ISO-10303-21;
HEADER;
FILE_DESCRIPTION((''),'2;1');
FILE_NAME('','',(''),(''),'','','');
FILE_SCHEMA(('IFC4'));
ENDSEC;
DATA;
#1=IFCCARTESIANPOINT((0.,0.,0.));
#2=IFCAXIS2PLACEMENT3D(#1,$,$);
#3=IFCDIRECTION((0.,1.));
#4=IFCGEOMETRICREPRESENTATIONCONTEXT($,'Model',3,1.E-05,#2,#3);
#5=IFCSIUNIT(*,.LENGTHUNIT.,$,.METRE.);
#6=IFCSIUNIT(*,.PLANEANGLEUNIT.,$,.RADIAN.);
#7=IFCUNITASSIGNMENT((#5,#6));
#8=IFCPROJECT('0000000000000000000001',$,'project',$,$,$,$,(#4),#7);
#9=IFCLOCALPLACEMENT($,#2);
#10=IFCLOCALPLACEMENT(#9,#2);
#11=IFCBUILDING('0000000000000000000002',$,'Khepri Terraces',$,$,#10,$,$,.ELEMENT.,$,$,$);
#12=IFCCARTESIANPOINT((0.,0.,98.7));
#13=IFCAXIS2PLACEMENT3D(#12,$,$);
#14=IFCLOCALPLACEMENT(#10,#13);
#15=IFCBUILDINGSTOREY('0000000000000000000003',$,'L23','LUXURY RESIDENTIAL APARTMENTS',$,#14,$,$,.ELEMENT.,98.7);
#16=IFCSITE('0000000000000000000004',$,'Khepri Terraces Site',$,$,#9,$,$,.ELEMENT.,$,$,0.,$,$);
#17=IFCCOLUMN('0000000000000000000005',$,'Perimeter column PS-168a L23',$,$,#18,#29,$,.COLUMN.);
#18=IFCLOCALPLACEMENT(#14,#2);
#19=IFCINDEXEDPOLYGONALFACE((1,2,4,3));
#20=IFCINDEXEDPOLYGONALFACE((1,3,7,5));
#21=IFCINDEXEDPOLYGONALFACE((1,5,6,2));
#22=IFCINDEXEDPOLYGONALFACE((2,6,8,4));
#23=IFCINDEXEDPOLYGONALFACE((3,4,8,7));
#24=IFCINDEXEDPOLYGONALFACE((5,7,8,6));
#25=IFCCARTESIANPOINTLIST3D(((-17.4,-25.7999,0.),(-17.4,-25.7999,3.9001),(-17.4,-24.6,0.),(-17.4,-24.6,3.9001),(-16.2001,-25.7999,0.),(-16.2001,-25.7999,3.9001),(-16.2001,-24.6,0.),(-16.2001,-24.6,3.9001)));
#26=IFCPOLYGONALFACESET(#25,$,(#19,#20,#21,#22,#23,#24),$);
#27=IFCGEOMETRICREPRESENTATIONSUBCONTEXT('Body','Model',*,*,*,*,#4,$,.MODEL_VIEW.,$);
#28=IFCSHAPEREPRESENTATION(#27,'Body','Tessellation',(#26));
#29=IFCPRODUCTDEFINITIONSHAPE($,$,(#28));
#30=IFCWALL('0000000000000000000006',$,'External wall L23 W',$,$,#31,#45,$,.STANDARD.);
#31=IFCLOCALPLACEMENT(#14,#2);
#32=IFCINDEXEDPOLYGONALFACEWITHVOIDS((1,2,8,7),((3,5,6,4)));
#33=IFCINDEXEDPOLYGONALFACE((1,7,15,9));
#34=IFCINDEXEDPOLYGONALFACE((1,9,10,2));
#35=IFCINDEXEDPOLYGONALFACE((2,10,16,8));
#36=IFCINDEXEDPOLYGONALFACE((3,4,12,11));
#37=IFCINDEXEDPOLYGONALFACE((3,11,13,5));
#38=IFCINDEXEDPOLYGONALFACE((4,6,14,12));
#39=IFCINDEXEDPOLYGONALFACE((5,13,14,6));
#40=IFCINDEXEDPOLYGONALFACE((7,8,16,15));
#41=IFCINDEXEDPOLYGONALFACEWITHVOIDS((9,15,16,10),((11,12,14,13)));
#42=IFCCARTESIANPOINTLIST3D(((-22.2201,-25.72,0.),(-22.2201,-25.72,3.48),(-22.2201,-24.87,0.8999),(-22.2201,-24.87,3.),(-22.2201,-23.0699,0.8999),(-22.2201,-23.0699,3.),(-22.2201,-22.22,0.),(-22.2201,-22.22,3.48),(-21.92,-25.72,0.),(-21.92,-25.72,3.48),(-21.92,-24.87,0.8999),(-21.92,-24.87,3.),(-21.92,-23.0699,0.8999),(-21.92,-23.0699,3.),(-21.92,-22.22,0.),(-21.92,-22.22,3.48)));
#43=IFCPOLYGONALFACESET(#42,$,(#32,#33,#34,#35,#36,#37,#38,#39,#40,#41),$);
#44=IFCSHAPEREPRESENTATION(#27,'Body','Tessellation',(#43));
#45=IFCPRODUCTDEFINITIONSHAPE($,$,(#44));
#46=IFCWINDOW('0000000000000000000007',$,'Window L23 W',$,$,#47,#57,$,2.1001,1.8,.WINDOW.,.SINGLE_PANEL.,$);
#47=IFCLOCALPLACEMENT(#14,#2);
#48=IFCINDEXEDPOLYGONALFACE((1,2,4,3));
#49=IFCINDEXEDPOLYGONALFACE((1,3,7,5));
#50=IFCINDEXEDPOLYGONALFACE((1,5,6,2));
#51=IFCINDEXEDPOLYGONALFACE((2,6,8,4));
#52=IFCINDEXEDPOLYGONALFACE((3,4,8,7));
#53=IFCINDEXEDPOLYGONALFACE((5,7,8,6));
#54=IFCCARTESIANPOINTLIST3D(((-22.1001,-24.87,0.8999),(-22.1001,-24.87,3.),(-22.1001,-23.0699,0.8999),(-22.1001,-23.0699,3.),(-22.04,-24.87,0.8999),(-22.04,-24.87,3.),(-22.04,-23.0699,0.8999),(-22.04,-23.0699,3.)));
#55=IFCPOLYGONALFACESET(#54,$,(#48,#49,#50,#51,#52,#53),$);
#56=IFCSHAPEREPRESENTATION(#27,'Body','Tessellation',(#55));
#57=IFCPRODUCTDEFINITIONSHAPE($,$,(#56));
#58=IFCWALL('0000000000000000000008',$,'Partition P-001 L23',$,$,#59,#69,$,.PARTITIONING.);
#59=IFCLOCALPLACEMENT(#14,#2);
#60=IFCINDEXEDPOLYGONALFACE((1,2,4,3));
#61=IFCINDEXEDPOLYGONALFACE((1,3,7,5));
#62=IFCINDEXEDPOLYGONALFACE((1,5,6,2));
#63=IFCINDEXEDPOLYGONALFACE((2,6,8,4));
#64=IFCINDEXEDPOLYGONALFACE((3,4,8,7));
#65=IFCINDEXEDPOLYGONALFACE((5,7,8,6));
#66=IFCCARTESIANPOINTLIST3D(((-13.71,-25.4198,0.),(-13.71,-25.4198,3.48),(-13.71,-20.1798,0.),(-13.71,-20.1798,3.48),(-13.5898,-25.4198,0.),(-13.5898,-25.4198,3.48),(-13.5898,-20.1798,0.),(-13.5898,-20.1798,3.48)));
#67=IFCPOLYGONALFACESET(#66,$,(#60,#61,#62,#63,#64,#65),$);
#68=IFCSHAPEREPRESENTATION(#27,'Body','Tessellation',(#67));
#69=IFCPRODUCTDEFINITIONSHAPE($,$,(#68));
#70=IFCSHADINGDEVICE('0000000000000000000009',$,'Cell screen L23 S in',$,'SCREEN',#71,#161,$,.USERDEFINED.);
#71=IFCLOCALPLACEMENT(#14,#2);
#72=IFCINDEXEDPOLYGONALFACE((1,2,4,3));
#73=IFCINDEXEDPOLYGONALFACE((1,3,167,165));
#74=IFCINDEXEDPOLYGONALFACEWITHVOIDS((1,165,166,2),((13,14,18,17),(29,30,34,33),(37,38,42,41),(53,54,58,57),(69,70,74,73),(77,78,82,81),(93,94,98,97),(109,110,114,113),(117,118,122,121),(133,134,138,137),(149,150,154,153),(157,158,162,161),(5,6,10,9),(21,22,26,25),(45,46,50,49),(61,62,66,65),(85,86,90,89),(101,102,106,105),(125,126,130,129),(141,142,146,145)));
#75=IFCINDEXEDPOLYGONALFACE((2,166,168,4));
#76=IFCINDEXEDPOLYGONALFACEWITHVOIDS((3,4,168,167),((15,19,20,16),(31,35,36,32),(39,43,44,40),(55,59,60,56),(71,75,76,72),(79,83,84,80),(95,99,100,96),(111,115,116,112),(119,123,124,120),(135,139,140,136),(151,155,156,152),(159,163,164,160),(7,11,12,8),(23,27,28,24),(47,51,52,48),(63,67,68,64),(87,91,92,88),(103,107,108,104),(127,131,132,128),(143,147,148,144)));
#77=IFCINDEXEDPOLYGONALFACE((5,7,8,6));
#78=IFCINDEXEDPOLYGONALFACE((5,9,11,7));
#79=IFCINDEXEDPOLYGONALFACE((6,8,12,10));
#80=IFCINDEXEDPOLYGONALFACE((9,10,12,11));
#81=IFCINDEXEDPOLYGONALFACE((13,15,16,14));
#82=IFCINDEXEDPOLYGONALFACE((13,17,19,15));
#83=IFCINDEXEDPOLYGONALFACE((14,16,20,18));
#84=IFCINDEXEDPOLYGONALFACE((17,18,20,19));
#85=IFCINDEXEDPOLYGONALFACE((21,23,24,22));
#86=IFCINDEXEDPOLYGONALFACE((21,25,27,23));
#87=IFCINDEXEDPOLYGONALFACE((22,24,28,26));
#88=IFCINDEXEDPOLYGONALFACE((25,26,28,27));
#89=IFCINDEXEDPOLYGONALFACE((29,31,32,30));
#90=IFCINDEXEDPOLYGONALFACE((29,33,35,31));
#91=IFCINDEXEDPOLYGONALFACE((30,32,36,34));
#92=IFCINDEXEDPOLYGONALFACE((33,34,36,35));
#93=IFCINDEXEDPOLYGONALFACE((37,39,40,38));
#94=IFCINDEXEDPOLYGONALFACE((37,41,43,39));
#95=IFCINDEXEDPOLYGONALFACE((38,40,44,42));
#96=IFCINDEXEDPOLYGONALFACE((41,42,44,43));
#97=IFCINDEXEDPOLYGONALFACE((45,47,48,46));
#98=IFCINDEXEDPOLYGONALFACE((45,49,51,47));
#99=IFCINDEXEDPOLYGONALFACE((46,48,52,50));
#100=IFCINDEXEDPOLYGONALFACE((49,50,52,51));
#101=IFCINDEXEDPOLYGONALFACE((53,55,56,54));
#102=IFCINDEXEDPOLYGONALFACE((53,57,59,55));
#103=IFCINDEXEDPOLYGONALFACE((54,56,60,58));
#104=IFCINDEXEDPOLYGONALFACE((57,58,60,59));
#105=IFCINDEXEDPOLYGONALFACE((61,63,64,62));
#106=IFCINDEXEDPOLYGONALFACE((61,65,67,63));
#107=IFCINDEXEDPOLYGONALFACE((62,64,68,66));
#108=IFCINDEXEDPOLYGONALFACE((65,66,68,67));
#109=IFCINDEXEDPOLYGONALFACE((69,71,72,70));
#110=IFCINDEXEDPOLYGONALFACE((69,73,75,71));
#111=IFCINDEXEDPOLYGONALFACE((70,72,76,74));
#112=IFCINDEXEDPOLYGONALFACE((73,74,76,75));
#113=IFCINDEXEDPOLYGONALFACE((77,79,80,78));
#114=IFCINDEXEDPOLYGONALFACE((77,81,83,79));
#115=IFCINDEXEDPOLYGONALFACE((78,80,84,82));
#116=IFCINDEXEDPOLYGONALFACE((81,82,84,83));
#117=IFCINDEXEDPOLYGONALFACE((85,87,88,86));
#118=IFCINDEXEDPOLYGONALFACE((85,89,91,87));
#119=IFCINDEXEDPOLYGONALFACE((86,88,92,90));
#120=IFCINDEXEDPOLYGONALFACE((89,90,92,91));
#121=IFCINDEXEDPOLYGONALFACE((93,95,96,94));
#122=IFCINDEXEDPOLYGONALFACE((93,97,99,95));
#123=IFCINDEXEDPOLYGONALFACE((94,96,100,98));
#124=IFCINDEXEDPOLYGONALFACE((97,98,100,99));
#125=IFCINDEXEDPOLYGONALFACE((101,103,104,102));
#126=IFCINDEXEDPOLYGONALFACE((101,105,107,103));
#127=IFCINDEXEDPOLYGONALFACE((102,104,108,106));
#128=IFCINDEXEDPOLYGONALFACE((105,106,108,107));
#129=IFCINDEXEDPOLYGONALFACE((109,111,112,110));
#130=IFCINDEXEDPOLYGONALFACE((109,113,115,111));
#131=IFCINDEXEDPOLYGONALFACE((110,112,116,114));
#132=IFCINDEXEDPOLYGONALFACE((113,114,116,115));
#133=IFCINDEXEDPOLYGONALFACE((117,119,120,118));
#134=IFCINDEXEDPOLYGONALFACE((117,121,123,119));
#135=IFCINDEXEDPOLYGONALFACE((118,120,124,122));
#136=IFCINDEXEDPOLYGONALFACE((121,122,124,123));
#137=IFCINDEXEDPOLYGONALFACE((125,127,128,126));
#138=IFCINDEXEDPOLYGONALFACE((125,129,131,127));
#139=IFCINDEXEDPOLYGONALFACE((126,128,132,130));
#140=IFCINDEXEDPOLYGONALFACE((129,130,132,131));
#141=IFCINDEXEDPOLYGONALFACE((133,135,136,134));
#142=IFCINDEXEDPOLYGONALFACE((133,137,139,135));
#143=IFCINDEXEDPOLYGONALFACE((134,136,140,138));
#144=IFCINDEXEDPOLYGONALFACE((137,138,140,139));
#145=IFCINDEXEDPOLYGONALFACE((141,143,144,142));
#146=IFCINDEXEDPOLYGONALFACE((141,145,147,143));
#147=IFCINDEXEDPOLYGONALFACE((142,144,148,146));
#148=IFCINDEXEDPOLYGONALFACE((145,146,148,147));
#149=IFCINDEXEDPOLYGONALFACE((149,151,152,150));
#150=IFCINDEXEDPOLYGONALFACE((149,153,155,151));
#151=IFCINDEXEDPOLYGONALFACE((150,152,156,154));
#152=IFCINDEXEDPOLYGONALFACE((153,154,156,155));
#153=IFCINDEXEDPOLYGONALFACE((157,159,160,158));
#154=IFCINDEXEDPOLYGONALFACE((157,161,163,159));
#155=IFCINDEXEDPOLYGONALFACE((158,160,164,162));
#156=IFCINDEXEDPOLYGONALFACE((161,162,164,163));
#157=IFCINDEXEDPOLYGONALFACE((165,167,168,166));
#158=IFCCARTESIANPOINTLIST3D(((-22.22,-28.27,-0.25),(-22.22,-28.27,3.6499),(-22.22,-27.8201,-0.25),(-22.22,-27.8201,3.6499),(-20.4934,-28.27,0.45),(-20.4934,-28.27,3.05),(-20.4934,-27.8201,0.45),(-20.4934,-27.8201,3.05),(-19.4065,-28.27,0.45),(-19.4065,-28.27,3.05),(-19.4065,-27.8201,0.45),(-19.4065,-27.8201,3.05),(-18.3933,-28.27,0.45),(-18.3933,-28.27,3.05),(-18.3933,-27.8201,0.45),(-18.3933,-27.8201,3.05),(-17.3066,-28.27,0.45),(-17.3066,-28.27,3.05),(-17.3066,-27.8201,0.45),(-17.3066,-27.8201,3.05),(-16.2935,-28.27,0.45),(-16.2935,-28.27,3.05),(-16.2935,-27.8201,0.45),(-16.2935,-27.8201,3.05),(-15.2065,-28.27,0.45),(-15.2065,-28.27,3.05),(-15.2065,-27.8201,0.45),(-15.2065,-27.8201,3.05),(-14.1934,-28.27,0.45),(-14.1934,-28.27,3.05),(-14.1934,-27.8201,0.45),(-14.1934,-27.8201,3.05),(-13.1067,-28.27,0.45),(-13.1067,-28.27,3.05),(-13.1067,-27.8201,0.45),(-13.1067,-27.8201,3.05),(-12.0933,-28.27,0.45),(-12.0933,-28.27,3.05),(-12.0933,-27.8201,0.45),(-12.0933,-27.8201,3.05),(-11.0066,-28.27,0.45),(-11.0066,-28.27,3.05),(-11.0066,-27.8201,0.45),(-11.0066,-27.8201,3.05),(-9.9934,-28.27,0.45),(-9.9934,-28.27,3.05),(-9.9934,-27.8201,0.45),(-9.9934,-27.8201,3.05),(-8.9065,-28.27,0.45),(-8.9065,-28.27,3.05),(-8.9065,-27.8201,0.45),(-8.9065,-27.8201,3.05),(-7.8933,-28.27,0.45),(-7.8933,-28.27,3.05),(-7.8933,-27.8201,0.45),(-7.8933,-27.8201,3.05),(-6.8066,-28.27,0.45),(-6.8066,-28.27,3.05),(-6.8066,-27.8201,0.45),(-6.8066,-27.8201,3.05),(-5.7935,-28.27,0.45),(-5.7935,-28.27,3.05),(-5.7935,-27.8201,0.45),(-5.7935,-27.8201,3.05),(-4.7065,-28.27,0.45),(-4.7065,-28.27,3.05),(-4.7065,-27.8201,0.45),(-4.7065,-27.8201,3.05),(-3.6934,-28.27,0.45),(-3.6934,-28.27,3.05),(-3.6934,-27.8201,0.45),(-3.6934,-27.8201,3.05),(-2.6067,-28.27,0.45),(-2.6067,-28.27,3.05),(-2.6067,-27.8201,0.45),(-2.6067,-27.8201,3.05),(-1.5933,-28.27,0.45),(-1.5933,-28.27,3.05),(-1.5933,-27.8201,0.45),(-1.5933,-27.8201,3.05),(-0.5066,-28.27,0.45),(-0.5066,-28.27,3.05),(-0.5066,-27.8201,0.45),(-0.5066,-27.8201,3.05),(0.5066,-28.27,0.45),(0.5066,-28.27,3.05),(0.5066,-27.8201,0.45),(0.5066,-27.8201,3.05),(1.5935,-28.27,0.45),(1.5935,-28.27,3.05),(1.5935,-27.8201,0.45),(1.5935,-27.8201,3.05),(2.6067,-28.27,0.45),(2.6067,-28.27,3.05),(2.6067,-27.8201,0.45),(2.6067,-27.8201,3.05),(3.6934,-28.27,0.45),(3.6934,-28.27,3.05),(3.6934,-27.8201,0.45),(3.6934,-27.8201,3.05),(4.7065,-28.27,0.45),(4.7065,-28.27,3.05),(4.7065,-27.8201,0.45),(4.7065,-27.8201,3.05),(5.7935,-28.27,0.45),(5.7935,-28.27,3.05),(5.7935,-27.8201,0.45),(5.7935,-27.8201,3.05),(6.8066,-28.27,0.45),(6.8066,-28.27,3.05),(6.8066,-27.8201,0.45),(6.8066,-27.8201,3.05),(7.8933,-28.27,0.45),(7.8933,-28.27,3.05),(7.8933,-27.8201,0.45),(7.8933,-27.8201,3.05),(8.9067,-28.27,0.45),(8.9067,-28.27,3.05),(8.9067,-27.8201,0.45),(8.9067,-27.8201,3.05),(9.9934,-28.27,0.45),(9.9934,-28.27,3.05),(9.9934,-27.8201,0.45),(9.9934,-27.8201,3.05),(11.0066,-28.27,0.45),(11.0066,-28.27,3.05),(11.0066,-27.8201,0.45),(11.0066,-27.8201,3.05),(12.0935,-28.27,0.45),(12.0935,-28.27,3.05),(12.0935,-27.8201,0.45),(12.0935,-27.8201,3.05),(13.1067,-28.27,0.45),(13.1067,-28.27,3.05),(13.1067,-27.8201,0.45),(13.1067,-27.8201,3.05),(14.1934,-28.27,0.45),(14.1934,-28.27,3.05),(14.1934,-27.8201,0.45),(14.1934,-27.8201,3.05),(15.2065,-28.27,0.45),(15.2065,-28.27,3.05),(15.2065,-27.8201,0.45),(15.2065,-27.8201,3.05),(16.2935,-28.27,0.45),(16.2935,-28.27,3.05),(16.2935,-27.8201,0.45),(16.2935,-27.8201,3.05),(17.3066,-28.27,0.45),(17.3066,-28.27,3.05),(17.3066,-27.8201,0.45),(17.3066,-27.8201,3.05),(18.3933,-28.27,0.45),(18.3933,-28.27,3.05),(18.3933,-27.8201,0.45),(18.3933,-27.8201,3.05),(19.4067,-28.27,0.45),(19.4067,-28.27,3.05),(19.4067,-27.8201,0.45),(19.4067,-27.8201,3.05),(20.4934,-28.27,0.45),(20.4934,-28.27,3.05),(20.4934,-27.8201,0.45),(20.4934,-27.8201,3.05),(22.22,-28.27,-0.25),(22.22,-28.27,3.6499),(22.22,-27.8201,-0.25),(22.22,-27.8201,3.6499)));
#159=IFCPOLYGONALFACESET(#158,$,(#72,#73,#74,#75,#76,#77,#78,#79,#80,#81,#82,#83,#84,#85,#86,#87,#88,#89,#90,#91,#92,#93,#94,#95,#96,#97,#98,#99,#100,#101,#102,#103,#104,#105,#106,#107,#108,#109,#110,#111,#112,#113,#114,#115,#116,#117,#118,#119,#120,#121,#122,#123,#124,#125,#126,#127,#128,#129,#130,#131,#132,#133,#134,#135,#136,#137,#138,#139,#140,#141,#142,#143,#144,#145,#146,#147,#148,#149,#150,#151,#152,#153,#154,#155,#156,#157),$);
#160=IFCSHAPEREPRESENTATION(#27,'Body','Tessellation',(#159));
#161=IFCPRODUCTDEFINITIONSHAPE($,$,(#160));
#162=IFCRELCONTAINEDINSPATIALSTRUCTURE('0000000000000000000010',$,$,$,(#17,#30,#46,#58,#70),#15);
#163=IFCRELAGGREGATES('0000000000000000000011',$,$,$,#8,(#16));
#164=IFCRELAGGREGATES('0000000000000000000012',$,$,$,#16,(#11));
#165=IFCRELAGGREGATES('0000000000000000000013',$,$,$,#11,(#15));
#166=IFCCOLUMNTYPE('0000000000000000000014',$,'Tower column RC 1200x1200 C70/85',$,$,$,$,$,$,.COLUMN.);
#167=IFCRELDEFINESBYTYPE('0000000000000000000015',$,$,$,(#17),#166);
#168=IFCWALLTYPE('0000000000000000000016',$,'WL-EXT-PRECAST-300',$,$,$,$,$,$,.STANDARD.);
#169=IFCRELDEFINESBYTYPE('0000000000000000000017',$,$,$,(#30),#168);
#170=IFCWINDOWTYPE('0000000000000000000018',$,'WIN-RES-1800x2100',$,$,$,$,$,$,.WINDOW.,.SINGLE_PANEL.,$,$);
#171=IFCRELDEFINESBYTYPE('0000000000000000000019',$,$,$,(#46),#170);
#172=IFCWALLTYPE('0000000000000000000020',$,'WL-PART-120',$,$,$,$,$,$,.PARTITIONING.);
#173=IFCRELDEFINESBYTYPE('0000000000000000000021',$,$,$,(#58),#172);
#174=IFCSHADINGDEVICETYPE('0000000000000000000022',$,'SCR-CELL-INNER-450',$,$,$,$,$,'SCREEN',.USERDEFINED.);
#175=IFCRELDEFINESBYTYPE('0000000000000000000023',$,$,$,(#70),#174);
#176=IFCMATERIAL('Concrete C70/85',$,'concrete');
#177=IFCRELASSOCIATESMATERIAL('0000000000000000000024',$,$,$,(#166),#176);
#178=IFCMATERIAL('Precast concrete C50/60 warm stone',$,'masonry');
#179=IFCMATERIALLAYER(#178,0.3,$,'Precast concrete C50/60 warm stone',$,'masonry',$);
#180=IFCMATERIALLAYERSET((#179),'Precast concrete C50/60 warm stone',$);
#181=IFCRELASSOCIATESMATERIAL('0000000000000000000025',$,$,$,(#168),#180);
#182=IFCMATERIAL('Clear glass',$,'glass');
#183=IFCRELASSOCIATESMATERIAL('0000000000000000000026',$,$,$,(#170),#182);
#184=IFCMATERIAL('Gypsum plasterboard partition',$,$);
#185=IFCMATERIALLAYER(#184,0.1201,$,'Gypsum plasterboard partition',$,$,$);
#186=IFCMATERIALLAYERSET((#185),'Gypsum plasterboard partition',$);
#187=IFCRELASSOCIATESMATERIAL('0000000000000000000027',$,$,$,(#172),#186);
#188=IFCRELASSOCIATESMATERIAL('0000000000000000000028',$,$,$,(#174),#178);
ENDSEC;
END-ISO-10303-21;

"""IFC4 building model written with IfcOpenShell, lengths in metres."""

from ifc_helpers import new_model, si_unit, direction, frame, frame_2d, origin, origin_2d, place, context, subcontext, project, spatial, polyline, rectangle, outline, extrude, material, layer, layer_set, material_profile, profile_set, type_object, element, fill, save


model = new_model("IFC4")

# Units and contexts
model_context = context("Model", 3, precision=1e-05, world=origin(), true_north=direction((0.0, 1.0)))
body_context = subcontext(model_context, "Body", "Model", "MODEL_VIEW")
ifc_project = project(units=[si_unit("LENGTHUNIT", "METRE"), si_unit("PLANEANGLEUNIT", "RADIAN")], contexts=[model_context])

# Site, building, storey
site_placement = place(None, origin())
site = spatial("IfcSite", under=ifc_project, at=site_placement, Name="Khepri Terraces Site", CompositionType="ELEMENT", RefElevation=0.0)
building_placement = place(site_placement, origin())
building = spatial("IfcBuilding", under=site, at=building_placement, Name="Khepri Terraces", CompositionType="ELEMENT")
storey_placement = place(building_placement, frame((0.0, 0.0, 98.7)))
storey = spatial("IfcBuildingStorey", under=building, at=storey_placement, Name="L23", Description="LUXURY RESIDENTIAL APARTMENTS", CompositionType="ELEMENT", Elevation=98.7)

# Column
ifc_material_1 = material(Name="Concrete C70/85", Category="concrete")
ifc_material_profile = material_profile(ifc_material_1, rectangle(XDim=1.2, YDim=1.2, at=origin_2d()), Name="Concrete C70/85", Category="concrete")
ifc_profile_set = profile_set([ifc_material_profile], Name="Concrete C70/85")
column_type = type_object("IfcColumnType", Name="Tower column RC 1200x1200 C70/85", PredefinedType="COLUMN", material=ifc_profile_set)
column_placement = place(storey_placement, frame((-16.8, -25.2, 0.0), z_axis=(0.0, 0.0, 1.0), x_axis=(1.0, 0.0, 0.0)))
element("IfcColumn", 1, at=column_placement, inside=storey, type_object=column_type, Name="Perimeter column PS-168a L23", PredefinedType="COLUMN", context=body_context, shape_type="SweptSolid", body=[
    extrude(rectangle(XDim=1.2, YDim=1.2, at=origin_2d()), origin(), (0.0, 0.0, 1.0), 3.9001),
])

# Wall, opening, window
ifc_material_2 = material(Name="Precast concrete C50/60 warm stone", Category="masonry")
ifc_layer_1 = layer(ifc_material_2, 0.3, Name="Precast concrete C50/60 warm stone", Category="masonry")
ifc_layer_set_1 = layer_set([ifc_layer_1], Name="Precast concrete C50/60 warm stone")
wall_type_1 = type_object("IfcWallType", Name="WL-EXT-PRECAST-300", PredefinedType="STANDARD", material=ifc_layer_set_1)
wall_1_placement = place(storey_placement, frame((-22.0701, -22.22, 0.0), z_axis=(0.0, 0.0, 1.0), x_axis=(0.0, -1.0, 0.0)))
wall_1 = element("IfcWall", 2, at=wall_1_placement, inside=storey, type_object=wall_type_1, Name="External wall L23 W", PredefinedType="STANDARD", context=body_context, shape_type="SweptSolid", body=[
    extrude(rectangle(XDim=3.5, YDim=0.3, at=frame_2d((1.75, 0.0))), origin(), (0.0, 0.0, 1.0), 3.48),
])
opening_1_placement = place(wall_1_placement, frame((0.8501, 0.0, 0.8999)))
opening_1 = element("IfcOpeningElement", 3, at=opening_1_placement, cuts=wall_1, PredefinedType="OPENING", context=body_context, shape_type="SweptSolid", body=[
    extrude(rectangle(XDim=1.8, YDim=2.1001, at=frame_2d((0.8999, 1.05))), frame((0.0, 0.1602, 0.0), z_axis=(0.0, -1.0, 0.0), x_axis=(1.0, 0.0, 0.0)), (0.0, 0.0, 1.0), 0.3201),
])
ifc_material_3 = material(Name="Clear glass", Category="glass")
window_type = type_object("IfcWindowType", Name="WIN-RES-1800x2100", PartitioningType="SINGLE_PANEL", PredefinedType="WINDOW", material=ifc_material_3)
window_1_placement = place(opening_1_placement, origin())
window_1 = element("IfcWindow", 4, at=window_1_placement, inside=storey, type_object=window_type, Name="Window L23 W", OverallHeight=2.1001, OverallWidth=1.8, PartitioningType="SINGLE_PANEL", PredefinedType="WINDOW", context=body_context, shape_type="SweptSolid", body=[
    extrude(rectangle(XDim=1.8, YDim=2.1001, at=frame_2d((0.8999, 1.05))), frame((0.0, 0.03, 0.0), z_axis=(0.0, -1.0, 0.0), x_axis=(1.0, 0.0, 0.0)), (0.0, 0.0, 1.0), 0.0601),
])
fill(opening_1, window_1)

# Wall
ifc_material_4 = material(Name="Gypsum plasterboard partition")
ifc_layer_2 = layer(ifc_material_4, 0.1201, Name="Gypsum plasterboard partition")
ifc_layer_set_2 = layer_set([ifc_layer_2], Name="Gypsum plasterboard partition")
wall_type_2 = type_object("IfcWallType", Name="WL-PART-120", PredefinedType="PARTITIONING", material=ifc_layer_set_2)
wall_2_placement = place(storey_placement, frame((-13.6499, -25.4199, 0.0), z_axis=(0.0, 0.0, 1.0), x_axis=(0.0, 1.0, 0.0)))
element("IfcWall", 5, at=wall_2_placement, inside=storey, type_object=wall_type_2, Name="Partition P-001 L23", PredefinedType="PARTITIONING", context=body_context, shape_type="SweptSolid", body=[
    extrude(rectangle(XDim=5.24, YDim=0.1201, at=frame_2d((2.6201, 0.0))), origin(), (0.0, 0.0, 1.0), 3.48),
])

# Shading device
shading_device_type_1 = type_object("IfcShadingDeviceType", Name="SCR-CELL-INNER-450", ElementType="SCREEN", PredefinedType="USERDEFINED", material=ifc_material_2)
shading_device_1_placement = place(storey_placement, frame((-22.22, -27.8201, -0.25), z_axis=(0.0, -1.0, 0.0), x_axis=(1.0, 0.0, 0.0)))
element("IfcShadingDevice", 6, at=shading_device_1_placement, inside=storey, type_object=shading_device_type_1, Name="Cell screen L23 S in", ObjectType="SCREEN", PredefinedType="USERDEFINED", context=body_context, shape_type="SweptSolid", body=[
    extrude(outline(polyline([(0.0, 0.0), (44.4399, 0.0), (44.4399, 3.8999), (0.0, 3.8999), (0.0, 0.0)]), holes=[polyline([(1.7266, 0.7), (2.8135, 0.7), (2.8135, 3.3), (1.7266, 3.3), (1.7266, 0.7)]), polyline([(3.8267, 0.7), (4.9133, 0.7), (4.9133, 3.3), (3.8267, 3.3), (3.8267, 0.7)]), polyline([(5.9265, 0.7), (7.0134, 0.7), (7.0134, 3.3), (5.9265, 3.3), (5.9265, 0.7)]), polyline([(8.0266, 0.7), (9.1133, 0.7), (9.1133, 3.3), (8.0266, 3.3), (8.0266, 0.7)]), polyline([(10.1267, 0.7), (11.2134, 0.7), (11.2134, 3.3), (10.1267, 3.3), (10.1267, 0.7)]), polyline([(12.2266, 0.7), (13.3135, 0.7), (13.3135, 3.3), (12.2266, 3.3), (12.2266, 0.7)]), polyline([(14.3267, 0.7), (15.4133, 0.7), (15.4133, 3.3), (14.3267, 3.3), (14.3267, 0.7)]), polyline([(16.4265, 0.7), (17.5134, 0.7), (17.5134, 3.3), (16.4265, 3.3), (16.4265, 0.7)]), polyline([(18.5266, 0.7), (19.6133, 0.7), (19.6133, 3.3), (18.5266, 3.3), (18.5266, 0.7)]), polyline([(20.6267, 0.7), (21.7134, 0.7), (21.7134, 3.3), (20.6267, 3.3), (20.6267, 0.7)]), polyline([(22.7266, 0.7), (23.8135, 0.7), (23.8135, 3.3), (22.7266, 3.3), (22.7266, 0.7)]), polyline([(24.8267, 0.7), (25.9133, 0.7), (25.9133, 3.3), (24.8267, 3.3), (24.8267, 0.7)]), polyline([(26.9265, 0.7), (28.0134, 0.7), (28.0134, 3.3), (26.9265, 3.3), (26.9265, 0.7)]), polyline([(29.0266, 0.7), (30.1133, 0.7), (30.1133, 3.3), (29.0266, 3.3), (29.0266, 0.7)]), polyline([(31.1267, 0.7), (32.2134, 0.7), (32.2134, 3.3), (31.1267, 3.3), (31.1267, 0.7)]), polyline([(33.2266, 0.7), (34.3135, 0.7), (34.3135, 3.3), (33.2266, 3.3), (33.2266, 0.7)]), polyline([(35.3267, 0.7), (36.4133, 0.7), (36.4133, 3.3), (35.3267, 3.3), (35.3267, 0.7)]), polyline([(37.4265, 0.7), (38.5134, 0.7), (38.5134, 3.3), (37.4265, 3.3), (37.4265, 0.7)]), polyline([(39.5266, 0.7), (40.6133, 0.7), (40.6133, 3.3), (39.5266, 3.3), (39.5266, 0.7)]), polyline([(41.6267, 0.7), (42.7134, 0.7), (42.7134, 3.3), (41.6267, 3.3), (41.6267, 0.7)])]), origin(), (0.0, 0.0, 1.0), 0.45),
])

save(model, "model.ifc")
